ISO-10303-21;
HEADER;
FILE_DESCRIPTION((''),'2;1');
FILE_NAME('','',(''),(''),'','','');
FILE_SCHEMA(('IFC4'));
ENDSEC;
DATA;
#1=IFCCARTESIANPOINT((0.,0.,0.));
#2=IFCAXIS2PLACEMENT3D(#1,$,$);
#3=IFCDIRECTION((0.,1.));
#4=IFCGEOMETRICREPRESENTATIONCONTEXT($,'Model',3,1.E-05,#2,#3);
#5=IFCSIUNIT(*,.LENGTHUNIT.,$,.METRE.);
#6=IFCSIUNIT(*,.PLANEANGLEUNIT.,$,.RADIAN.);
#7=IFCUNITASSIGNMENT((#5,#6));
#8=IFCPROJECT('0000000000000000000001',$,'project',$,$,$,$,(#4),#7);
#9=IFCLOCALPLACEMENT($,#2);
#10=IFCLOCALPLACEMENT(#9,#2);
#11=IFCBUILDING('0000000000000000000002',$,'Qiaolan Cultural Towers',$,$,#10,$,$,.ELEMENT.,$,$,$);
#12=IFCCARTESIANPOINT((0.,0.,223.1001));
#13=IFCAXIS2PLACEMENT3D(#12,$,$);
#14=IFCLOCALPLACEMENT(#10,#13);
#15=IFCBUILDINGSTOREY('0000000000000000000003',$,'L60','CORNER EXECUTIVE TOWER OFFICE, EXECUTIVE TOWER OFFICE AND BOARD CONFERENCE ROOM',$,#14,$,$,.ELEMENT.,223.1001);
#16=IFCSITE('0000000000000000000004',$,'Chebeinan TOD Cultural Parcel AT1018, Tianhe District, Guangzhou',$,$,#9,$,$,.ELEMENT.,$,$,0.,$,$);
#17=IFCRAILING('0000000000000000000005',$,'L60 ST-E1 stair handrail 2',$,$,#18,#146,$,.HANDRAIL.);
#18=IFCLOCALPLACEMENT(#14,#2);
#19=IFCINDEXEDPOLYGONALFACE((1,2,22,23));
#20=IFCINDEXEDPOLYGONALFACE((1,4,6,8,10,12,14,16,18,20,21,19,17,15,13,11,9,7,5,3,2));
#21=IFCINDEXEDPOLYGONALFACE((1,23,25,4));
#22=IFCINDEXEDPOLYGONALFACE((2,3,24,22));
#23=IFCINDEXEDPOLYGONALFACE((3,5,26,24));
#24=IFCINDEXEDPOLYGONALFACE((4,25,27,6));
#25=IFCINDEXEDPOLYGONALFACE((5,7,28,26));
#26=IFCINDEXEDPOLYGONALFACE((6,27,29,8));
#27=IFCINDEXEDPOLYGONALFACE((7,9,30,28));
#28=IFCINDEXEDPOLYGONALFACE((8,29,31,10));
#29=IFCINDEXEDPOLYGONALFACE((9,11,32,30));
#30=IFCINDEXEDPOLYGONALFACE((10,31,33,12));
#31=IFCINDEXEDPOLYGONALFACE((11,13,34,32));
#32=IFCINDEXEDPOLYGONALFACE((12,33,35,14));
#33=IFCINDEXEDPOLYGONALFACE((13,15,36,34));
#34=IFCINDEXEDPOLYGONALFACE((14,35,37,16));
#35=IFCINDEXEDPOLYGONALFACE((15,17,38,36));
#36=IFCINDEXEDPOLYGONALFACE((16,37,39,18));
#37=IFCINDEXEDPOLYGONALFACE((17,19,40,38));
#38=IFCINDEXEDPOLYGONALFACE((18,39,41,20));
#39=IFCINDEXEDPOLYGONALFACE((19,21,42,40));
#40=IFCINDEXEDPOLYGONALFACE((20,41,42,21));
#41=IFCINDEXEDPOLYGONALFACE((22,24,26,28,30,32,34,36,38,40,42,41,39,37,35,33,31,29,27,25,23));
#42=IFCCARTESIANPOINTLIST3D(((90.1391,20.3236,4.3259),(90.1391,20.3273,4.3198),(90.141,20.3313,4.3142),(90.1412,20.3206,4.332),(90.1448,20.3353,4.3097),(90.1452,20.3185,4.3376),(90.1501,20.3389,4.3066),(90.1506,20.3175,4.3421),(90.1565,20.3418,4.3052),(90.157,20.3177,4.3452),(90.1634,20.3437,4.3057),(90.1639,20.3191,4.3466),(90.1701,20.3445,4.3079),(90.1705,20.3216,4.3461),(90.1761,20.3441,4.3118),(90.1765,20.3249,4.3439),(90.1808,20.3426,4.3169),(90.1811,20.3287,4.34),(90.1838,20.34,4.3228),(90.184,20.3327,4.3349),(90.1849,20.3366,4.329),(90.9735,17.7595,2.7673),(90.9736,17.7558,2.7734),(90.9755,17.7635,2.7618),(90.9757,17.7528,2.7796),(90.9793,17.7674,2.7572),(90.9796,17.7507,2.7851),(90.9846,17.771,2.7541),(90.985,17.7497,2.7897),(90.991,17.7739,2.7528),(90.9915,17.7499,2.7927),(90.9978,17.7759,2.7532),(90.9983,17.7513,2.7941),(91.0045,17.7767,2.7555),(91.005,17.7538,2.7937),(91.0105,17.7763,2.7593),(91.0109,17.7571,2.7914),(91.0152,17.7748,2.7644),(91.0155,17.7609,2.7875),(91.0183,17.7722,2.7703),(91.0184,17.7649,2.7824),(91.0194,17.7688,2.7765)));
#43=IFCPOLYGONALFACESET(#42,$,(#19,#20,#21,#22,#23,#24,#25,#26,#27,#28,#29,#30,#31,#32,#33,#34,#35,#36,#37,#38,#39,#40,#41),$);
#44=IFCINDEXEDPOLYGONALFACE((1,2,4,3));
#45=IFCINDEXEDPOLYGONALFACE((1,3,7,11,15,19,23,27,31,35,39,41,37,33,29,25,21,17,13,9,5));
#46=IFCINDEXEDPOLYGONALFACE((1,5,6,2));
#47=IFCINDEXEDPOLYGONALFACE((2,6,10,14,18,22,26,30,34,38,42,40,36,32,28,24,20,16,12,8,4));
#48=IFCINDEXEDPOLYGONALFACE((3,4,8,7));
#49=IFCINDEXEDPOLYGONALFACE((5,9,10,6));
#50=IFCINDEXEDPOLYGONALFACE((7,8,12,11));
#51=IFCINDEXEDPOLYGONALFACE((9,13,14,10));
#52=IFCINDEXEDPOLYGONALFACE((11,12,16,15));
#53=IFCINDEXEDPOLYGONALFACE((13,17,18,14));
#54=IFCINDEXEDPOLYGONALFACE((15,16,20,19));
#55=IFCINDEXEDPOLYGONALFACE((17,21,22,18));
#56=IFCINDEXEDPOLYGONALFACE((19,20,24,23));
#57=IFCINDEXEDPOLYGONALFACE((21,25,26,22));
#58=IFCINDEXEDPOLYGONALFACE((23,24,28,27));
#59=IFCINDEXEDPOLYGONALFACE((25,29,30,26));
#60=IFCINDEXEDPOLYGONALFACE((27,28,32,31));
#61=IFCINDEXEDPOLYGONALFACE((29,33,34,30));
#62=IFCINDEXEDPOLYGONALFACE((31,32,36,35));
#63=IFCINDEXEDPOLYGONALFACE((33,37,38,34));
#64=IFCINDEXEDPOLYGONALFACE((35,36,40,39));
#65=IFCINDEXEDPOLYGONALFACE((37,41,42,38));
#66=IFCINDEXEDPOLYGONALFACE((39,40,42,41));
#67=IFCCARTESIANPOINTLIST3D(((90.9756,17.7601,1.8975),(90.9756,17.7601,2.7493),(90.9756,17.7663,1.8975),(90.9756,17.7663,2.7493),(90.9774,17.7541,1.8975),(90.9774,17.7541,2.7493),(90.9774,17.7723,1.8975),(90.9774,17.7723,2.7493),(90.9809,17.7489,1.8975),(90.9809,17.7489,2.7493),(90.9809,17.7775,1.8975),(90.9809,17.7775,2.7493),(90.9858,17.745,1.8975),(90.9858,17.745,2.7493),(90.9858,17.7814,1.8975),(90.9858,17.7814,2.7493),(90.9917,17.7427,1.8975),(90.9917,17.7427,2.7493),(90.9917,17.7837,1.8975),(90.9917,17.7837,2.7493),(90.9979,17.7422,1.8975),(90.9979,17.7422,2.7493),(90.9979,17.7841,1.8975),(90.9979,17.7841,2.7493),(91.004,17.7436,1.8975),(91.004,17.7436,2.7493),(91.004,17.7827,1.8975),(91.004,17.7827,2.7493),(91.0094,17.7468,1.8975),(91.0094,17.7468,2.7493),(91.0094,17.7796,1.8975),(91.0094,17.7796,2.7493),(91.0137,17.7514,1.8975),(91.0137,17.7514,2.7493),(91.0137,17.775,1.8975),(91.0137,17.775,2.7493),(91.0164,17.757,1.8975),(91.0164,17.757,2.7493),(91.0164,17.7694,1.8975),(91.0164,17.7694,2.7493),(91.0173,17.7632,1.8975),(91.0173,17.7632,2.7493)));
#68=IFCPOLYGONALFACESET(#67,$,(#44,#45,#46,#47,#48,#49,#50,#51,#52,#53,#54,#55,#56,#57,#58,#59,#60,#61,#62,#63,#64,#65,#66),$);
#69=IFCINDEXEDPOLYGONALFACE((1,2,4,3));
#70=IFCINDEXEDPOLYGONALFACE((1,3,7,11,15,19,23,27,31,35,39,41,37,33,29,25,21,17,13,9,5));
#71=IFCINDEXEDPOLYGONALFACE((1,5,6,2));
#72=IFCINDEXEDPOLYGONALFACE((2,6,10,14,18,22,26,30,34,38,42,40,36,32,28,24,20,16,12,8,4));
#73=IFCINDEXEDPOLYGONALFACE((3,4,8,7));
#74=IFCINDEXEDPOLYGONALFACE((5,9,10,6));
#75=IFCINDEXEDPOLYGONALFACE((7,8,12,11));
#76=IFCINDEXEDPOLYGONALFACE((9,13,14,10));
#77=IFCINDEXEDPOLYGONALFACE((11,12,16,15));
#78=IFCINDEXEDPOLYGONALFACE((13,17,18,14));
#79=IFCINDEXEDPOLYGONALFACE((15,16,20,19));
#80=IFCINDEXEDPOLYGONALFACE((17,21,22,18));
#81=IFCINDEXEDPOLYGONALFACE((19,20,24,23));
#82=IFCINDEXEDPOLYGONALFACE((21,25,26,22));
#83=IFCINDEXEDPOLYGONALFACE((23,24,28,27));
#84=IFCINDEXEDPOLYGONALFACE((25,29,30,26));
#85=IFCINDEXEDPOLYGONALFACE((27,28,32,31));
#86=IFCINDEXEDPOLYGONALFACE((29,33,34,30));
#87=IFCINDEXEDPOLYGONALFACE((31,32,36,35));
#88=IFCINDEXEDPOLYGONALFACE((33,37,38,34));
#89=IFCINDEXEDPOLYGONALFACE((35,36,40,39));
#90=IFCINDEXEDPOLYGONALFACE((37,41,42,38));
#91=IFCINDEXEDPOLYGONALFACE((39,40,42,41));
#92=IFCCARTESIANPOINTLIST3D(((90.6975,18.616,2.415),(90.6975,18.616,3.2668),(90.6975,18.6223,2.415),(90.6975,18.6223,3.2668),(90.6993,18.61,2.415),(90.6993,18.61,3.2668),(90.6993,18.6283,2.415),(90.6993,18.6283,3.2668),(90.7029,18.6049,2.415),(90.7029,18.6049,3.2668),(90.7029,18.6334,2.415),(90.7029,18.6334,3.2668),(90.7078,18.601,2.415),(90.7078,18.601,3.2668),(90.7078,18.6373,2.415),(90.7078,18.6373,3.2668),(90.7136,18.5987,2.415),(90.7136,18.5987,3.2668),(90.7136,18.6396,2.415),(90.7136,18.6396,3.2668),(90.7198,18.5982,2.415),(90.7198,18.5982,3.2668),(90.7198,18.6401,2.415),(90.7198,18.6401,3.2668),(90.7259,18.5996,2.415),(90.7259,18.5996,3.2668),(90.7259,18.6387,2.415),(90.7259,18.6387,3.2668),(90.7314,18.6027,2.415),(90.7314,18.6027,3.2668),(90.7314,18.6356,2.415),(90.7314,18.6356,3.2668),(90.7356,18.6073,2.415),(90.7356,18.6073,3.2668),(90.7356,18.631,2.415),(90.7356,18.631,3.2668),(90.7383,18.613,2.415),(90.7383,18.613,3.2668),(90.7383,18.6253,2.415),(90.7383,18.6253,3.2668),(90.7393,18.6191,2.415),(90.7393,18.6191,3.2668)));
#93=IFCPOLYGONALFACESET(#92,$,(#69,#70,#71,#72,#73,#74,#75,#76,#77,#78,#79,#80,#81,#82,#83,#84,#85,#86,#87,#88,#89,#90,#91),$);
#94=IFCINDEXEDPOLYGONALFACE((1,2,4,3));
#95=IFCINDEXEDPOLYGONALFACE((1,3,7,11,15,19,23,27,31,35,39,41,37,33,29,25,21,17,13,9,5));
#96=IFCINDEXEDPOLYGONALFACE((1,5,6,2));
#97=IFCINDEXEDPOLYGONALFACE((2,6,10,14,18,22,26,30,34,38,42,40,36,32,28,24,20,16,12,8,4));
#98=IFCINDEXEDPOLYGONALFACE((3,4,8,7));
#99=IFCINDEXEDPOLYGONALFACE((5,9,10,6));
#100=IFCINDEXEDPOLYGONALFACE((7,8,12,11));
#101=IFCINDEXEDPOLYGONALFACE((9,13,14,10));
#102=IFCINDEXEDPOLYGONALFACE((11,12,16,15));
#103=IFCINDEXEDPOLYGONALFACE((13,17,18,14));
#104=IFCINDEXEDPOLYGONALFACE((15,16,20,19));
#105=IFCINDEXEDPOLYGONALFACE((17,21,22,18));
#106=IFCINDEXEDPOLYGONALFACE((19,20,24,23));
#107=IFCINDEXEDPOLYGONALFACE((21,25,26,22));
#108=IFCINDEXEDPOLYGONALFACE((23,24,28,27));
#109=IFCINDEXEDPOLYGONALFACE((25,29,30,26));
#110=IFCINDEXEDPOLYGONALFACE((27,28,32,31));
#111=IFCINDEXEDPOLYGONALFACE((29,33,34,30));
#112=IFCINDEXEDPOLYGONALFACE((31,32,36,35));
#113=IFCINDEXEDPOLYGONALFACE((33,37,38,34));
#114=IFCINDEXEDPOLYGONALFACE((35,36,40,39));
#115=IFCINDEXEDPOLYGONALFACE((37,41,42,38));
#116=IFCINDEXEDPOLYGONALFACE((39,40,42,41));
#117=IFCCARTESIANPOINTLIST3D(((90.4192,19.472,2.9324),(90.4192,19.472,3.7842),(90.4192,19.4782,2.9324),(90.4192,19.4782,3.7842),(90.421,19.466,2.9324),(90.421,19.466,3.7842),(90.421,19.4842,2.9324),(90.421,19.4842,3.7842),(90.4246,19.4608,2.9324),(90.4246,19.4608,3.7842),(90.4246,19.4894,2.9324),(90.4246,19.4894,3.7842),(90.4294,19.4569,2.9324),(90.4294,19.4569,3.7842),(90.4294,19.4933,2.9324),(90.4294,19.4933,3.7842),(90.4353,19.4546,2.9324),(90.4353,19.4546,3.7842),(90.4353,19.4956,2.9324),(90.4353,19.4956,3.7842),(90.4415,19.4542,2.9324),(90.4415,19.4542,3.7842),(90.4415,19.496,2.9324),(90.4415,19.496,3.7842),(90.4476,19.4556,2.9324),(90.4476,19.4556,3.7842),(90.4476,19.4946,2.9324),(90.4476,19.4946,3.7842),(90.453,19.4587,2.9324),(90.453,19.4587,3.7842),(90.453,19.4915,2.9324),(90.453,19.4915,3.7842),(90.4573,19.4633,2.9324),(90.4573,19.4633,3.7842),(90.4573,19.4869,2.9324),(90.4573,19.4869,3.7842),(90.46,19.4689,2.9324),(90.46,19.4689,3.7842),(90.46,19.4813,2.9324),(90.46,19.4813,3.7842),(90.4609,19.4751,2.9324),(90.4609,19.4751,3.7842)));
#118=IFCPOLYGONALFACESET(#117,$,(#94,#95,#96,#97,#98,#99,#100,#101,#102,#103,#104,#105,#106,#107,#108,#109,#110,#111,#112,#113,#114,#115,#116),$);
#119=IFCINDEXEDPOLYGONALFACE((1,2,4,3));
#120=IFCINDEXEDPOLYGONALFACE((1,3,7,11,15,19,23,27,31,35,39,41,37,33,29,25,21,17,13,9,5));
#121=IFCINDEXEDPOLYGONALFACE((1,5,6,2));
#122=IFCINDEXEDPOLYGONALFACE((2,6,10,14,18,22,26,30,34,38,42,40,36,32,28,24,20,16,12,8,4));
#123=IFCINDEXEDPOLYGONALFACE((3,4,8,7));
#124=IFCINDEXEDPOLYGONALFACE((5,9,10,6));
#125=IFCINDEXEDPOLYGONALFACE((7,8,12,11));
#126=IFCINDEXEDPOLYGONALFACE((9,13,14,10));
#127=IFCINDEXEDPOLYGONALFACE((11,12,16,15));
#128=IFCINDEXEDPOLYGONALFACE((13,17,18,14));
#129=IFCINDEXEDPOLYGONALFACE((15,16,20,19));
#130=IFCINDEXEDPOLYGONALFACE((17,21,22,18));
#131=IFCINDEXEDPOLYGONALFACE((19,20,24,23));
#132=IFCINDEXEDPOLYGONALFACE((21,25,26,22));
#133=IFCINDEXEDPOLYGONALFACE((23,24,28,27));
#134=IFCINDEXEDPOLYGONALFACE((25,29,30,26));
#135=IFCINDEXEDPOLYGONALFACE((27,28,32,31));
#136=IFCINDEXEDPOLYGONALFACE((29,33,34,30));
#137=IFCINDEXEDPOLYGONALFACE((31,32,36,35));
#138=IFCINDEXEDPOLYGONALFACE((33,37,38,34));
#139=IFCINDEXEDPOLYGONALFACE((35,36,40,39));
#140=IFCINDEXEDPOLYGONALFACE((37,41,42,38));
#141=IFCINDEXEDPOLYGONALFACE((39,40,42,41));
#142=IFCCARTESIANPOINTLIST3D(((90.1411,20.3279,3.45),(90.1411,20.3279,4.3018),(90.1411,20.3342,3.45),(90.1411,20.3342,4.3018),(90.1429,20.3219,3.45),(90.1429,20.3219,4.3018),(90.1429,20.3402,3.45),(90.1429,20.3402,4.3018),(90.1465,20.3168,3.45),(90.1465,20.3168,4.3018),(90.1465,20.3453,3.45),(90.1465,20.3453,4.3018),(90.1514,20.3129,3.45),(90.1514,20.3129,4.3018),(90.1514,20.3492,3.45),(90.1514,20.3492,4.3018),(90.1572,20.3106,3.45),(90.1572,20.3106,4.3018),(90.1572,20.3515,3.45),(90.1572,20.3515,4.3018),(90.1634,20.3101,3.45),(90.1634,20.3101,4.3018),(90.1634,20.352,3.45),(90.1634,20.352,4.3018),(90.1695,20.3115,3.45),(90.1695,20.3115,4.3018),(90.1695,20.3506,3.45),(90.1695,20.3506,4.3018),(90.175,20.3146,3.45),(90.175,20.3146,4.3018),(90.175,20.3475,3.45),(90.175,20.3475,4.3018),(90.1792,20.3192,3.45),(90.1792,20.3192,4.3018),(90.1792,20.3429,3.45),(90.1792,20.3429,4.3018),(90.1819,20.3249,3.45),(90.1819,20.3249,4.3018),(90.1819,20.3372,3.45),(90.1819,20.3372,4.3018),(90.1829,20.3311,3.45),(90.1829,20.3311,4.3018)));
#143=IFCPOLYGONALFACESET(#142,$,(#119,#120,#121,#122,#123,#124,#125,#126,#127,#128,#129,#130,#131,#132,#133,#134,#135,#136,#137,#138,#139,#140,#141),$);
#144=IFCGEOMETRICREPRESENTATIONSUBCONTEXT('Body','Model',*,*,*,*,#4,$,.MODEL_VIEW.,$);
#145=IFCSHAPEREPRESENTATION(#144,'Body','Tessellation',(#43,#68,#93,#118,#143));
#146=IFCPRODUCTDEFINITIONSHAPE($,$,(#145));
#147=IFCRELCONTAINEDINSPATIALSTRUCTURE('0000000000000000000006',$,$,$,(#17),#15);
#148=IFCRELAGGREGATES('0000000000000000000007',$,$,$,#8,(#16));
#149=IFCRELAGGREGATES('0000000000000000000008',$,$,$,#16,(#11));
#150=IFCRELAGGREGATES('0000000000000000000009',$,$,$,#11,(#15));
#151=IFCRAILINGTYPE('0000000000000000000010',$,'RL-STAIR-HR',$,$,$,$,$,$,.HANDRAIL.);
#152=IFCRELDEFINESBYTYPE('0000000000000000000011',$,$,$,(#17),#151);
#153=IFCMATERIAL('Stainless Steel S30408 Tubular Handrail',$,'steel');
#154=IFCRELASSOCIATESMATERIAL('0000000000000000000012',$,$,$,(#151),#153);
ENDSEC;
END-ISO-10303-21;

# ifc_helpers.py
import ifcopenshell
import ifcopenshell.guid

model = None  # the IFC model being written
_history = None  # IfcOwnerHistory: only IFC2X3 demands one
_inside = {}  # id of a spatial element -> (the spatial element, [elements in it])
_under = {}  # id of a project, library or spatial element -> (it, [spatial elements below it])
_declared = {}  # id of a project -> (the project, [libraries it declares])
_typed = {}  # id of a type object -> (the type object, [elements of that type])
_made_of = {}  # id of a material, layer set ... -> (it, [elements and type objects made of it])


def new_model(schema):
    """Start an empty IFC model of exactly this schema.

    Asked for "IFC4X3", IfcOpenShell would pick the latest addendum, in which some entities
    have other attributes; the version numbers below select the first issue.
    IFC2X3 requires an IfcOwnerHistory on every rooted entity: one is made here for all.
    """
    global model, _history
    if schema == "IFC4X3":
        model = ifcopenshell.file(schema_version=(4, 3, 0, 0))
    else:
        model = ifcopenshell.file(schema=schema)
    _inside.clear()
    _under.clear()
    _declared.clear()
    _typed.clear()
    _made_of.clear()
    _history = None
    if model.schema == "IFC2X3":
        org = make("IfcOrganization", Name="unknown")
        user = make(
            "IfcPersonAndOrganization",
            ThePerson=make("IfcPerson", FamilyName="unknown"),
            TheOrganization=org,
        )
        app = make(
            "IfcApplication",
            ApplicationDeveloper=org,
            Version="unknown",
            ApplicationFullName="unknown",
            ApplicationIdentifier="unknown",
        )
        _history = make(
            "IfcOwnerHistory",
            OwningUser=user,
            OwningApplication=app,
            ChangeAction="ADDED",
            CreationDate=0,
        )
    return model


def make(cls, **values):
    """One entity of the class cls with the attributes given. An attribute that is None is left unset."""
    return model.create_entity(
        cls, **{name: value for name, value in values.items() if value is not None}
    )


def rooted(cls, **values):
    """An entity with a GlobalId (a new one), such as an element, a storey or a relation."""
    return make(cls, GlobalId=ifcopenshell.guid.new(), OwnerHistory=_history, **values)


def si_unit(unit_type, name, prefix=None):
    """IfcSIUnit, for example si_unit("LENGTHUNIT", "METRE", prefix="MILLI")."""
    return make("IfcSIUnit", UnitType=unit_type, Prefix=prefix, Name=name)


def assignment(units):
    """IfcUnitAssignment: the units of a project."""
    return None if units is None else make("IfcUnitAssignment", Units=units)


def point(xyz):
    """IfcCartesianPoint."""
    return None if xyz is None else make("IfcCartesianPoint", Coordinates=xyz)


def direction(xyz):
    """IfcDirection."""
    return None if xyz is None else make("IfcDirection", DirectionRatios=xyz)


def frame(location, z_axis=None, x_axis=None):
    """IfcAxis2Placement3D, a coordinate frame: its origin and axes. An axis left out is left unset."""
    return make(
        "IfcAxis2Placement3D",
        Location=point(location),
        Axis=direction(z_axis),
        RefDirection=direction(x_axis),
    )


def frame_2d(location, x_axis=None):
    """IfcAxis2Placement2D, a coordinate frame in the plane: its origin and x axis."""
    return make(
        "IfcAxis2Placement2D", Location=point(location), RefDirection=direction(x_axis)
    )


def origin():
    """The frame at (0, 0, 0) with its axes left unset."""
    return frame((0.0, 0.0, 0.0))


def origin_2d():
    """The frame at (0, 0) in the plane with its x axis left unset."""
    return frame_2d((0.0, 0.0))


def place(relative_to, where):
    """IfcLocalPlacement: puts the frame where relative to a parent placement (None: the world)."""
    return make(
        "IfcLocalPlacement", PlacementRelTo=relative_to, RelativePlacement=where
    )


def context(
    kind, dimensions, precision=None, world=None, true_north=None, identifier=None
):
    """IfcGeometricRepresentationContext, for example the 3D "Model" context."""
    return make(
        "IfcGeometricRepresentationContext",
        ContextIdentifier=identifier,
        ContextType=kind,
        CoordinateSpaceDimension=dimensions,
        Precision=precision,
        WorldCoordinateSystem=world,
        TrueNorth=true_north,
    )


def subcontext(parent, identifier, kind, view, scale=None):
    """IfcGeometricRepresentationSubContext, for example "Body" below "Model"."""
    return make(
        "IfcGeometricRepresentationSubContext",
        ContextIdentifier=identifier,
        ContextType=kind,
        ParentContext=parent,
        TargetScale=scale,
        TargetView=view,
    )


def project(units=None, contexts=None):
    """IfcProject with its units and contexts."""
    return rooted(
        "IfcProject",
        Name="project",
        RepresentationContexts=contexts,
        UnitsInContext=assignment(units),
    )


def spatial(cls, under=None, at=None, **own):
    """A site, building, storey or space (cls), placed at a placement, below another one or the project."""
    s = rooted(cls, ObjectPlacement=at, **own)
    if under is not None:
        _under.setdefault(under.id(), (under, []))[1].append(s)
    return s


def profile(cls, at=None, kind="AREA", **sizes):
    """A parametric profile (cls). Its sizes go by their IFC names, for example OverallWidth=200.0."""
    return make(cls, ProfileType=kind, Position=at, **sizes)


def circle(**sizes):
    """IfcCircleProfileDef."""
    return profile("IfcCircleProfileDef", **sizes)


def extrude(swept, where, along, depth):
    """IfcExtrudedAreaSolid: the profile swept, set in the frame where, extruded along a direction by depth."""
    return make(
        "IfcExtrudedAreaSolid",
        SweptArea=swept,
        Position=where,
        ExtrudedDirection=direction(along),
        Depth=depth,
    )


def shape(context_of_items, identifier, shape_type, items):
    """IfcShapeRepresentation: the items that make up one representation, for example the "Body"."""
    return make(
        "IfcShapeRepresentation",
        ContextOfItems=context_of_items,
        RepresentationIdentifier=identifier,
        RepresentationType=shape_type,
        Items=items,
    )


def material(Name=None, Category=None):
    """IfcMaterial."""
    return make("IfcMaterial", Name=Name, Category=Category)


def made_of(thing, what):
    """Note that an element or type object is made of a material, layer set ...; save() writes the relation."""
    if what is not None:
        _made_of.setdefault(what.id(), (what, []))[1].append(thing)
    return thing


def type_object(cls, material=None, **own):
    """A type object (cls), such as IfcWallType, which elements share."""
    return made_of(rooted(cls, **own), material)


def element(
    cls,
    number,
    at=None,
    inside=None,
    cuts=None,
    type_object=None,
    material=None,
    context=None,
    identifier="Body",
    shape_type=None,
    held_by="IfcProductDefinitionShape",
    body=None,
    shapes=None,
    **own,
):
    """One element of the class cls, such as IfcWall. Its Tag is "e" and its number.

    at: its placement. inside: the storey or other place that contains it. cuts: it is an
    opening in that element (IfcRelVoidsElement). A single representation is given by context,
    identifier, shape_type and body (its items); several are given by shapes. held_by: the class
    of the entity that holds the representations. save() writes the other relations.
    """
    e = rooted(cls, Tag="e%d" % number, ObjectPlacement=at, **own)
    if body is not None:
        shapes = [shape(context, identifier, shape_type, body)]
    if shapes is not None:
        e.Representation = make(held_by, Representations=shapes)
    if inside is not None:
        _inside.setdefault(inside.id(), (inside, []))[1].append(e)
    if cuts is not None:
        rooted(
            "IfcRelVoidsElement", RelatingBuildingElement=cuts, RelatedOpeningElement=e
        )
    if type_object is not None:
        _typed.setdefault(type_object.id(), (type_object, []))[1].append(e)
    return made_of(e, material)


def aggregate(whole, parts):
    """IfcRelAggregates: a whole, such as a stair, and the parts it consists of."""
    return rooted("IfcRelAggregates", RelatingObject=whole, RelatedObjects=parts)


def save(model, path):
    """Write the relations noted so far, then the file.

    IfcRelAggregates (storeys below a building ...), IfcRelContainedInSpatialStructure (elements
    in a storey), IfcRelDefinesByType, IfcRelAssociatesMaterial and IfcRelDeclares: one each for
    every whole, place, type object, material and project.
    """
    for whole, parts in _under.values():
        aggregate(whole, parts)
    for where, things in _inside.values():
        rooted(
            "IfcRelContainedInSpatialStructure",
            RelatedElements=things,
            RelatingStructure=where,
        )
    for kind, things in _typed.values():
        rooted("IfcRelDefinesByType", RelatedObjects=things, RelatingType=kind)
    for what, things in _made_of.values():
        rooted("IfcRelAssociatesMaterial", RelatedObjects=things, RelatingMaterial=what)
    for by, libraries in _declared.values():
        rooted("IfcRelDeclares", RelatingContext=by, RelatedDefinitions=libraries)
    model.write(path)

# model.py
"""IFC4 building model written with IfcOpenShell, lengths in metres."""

from ifc_helpers import new_model, si_unit, direction, frame, origin, origin_2d, place, context, subcontext, project, spatial, circle, extrude, material, type_object, element, save


model = new_model("IFC4")

# Units and contexts
model_context = context("Model", 3, precision=1e-05, world=origin(), true_north=direction((0.0, 1.0)))
body_context = subcontext(model_context, "Body", "Model", "MODEL_VIEW")
ifc_project = project(units=[si_unit("LENGTHUNIT", "METRE"), si_unit("PLANEANGLEUNIT", "RADIAN")], contexts=[model_context])

# Site, building, storey
site_placement = place(None, origin())
site = spatial("IfcSite", under=ifc_project, at=site_placement, Name="Chebeinan TOD Cultural Parcel AT1018, Tianhe District, Guangzhou", CompositionType="ELEMENT", RefElevation=0.0)
building_placement = place(site_placement, origin())
building = spatial("IfcBuilding", under=site, at=building_placement, Name="Qiaolan Cultural Towers", CompositionType="ELEMENT")
storey_placement = place(building_placement, frame((0.0, 0.0, 223.1001)))
storey = spatial("IfcBuildingStorey", under=building, at=storey_placement, Name="L60", Description="CORNER EXECUTIVE TOWER OFFICE, EXECUTIVE TOWER OFFICE AND BOARD CONFERENCE ROOM", CompositionType="ELEMENT", Elevation=223.1001)

# Railing
ifc_material_1 = material(Name="Stainless Steel S30408 Tubular Handrail", Category="steel")
railing_type = type_object("IfcRailingType", Name="RL-STAIR-HR", PredefinedType="HANDRAIL", material=ifc_material_1)
railing_placement = place(storey_placement, frame((90.9963, 17.7632, 1.8975)))
element("IfcRailing", 1, at=railing_placement, inside=storey, type_object=railing_type, Name="L60 ST-E1 stair handrail 2", PredefinedType="HANDRAIL", context=body_context, shape_type="SweptSolid", body=[
    extrude(circle(Radius=0.0239, at=origin_2d()), frame((0.0, 0.0, 0.876), z_axis=(-0.267926, 0.824471, 0.498461), x_axis=(-0.951043, -0.309057, 0.0)), (0.0, 0.0, 1.0), 3.1145),
    extrude(circle(Radius=0.021, at=origin_2d()), origin(), (0.0, 0.0, 1.0), 0.8518),
    extrude(circle(Radius=0.021, at=origin_2d()), frame((-0.2781, 0.856, 0.5176)), (0.0, 0.0, 1.0), 0.8518),
    extrude(circle(Radius=0.021, at=origin_2d()), frame((-0.5564, 1.7119, 1.0349)), (0.0, 0.0, 1.0), 0.8518),
    extrude(circle(Radius=0.021, at=origin_2d()), frame((-0.8345, 2.5679, 1.5525)), (0.0, 0.0, 1.0), 0.8518),
])

save(model, "model.ifc")
